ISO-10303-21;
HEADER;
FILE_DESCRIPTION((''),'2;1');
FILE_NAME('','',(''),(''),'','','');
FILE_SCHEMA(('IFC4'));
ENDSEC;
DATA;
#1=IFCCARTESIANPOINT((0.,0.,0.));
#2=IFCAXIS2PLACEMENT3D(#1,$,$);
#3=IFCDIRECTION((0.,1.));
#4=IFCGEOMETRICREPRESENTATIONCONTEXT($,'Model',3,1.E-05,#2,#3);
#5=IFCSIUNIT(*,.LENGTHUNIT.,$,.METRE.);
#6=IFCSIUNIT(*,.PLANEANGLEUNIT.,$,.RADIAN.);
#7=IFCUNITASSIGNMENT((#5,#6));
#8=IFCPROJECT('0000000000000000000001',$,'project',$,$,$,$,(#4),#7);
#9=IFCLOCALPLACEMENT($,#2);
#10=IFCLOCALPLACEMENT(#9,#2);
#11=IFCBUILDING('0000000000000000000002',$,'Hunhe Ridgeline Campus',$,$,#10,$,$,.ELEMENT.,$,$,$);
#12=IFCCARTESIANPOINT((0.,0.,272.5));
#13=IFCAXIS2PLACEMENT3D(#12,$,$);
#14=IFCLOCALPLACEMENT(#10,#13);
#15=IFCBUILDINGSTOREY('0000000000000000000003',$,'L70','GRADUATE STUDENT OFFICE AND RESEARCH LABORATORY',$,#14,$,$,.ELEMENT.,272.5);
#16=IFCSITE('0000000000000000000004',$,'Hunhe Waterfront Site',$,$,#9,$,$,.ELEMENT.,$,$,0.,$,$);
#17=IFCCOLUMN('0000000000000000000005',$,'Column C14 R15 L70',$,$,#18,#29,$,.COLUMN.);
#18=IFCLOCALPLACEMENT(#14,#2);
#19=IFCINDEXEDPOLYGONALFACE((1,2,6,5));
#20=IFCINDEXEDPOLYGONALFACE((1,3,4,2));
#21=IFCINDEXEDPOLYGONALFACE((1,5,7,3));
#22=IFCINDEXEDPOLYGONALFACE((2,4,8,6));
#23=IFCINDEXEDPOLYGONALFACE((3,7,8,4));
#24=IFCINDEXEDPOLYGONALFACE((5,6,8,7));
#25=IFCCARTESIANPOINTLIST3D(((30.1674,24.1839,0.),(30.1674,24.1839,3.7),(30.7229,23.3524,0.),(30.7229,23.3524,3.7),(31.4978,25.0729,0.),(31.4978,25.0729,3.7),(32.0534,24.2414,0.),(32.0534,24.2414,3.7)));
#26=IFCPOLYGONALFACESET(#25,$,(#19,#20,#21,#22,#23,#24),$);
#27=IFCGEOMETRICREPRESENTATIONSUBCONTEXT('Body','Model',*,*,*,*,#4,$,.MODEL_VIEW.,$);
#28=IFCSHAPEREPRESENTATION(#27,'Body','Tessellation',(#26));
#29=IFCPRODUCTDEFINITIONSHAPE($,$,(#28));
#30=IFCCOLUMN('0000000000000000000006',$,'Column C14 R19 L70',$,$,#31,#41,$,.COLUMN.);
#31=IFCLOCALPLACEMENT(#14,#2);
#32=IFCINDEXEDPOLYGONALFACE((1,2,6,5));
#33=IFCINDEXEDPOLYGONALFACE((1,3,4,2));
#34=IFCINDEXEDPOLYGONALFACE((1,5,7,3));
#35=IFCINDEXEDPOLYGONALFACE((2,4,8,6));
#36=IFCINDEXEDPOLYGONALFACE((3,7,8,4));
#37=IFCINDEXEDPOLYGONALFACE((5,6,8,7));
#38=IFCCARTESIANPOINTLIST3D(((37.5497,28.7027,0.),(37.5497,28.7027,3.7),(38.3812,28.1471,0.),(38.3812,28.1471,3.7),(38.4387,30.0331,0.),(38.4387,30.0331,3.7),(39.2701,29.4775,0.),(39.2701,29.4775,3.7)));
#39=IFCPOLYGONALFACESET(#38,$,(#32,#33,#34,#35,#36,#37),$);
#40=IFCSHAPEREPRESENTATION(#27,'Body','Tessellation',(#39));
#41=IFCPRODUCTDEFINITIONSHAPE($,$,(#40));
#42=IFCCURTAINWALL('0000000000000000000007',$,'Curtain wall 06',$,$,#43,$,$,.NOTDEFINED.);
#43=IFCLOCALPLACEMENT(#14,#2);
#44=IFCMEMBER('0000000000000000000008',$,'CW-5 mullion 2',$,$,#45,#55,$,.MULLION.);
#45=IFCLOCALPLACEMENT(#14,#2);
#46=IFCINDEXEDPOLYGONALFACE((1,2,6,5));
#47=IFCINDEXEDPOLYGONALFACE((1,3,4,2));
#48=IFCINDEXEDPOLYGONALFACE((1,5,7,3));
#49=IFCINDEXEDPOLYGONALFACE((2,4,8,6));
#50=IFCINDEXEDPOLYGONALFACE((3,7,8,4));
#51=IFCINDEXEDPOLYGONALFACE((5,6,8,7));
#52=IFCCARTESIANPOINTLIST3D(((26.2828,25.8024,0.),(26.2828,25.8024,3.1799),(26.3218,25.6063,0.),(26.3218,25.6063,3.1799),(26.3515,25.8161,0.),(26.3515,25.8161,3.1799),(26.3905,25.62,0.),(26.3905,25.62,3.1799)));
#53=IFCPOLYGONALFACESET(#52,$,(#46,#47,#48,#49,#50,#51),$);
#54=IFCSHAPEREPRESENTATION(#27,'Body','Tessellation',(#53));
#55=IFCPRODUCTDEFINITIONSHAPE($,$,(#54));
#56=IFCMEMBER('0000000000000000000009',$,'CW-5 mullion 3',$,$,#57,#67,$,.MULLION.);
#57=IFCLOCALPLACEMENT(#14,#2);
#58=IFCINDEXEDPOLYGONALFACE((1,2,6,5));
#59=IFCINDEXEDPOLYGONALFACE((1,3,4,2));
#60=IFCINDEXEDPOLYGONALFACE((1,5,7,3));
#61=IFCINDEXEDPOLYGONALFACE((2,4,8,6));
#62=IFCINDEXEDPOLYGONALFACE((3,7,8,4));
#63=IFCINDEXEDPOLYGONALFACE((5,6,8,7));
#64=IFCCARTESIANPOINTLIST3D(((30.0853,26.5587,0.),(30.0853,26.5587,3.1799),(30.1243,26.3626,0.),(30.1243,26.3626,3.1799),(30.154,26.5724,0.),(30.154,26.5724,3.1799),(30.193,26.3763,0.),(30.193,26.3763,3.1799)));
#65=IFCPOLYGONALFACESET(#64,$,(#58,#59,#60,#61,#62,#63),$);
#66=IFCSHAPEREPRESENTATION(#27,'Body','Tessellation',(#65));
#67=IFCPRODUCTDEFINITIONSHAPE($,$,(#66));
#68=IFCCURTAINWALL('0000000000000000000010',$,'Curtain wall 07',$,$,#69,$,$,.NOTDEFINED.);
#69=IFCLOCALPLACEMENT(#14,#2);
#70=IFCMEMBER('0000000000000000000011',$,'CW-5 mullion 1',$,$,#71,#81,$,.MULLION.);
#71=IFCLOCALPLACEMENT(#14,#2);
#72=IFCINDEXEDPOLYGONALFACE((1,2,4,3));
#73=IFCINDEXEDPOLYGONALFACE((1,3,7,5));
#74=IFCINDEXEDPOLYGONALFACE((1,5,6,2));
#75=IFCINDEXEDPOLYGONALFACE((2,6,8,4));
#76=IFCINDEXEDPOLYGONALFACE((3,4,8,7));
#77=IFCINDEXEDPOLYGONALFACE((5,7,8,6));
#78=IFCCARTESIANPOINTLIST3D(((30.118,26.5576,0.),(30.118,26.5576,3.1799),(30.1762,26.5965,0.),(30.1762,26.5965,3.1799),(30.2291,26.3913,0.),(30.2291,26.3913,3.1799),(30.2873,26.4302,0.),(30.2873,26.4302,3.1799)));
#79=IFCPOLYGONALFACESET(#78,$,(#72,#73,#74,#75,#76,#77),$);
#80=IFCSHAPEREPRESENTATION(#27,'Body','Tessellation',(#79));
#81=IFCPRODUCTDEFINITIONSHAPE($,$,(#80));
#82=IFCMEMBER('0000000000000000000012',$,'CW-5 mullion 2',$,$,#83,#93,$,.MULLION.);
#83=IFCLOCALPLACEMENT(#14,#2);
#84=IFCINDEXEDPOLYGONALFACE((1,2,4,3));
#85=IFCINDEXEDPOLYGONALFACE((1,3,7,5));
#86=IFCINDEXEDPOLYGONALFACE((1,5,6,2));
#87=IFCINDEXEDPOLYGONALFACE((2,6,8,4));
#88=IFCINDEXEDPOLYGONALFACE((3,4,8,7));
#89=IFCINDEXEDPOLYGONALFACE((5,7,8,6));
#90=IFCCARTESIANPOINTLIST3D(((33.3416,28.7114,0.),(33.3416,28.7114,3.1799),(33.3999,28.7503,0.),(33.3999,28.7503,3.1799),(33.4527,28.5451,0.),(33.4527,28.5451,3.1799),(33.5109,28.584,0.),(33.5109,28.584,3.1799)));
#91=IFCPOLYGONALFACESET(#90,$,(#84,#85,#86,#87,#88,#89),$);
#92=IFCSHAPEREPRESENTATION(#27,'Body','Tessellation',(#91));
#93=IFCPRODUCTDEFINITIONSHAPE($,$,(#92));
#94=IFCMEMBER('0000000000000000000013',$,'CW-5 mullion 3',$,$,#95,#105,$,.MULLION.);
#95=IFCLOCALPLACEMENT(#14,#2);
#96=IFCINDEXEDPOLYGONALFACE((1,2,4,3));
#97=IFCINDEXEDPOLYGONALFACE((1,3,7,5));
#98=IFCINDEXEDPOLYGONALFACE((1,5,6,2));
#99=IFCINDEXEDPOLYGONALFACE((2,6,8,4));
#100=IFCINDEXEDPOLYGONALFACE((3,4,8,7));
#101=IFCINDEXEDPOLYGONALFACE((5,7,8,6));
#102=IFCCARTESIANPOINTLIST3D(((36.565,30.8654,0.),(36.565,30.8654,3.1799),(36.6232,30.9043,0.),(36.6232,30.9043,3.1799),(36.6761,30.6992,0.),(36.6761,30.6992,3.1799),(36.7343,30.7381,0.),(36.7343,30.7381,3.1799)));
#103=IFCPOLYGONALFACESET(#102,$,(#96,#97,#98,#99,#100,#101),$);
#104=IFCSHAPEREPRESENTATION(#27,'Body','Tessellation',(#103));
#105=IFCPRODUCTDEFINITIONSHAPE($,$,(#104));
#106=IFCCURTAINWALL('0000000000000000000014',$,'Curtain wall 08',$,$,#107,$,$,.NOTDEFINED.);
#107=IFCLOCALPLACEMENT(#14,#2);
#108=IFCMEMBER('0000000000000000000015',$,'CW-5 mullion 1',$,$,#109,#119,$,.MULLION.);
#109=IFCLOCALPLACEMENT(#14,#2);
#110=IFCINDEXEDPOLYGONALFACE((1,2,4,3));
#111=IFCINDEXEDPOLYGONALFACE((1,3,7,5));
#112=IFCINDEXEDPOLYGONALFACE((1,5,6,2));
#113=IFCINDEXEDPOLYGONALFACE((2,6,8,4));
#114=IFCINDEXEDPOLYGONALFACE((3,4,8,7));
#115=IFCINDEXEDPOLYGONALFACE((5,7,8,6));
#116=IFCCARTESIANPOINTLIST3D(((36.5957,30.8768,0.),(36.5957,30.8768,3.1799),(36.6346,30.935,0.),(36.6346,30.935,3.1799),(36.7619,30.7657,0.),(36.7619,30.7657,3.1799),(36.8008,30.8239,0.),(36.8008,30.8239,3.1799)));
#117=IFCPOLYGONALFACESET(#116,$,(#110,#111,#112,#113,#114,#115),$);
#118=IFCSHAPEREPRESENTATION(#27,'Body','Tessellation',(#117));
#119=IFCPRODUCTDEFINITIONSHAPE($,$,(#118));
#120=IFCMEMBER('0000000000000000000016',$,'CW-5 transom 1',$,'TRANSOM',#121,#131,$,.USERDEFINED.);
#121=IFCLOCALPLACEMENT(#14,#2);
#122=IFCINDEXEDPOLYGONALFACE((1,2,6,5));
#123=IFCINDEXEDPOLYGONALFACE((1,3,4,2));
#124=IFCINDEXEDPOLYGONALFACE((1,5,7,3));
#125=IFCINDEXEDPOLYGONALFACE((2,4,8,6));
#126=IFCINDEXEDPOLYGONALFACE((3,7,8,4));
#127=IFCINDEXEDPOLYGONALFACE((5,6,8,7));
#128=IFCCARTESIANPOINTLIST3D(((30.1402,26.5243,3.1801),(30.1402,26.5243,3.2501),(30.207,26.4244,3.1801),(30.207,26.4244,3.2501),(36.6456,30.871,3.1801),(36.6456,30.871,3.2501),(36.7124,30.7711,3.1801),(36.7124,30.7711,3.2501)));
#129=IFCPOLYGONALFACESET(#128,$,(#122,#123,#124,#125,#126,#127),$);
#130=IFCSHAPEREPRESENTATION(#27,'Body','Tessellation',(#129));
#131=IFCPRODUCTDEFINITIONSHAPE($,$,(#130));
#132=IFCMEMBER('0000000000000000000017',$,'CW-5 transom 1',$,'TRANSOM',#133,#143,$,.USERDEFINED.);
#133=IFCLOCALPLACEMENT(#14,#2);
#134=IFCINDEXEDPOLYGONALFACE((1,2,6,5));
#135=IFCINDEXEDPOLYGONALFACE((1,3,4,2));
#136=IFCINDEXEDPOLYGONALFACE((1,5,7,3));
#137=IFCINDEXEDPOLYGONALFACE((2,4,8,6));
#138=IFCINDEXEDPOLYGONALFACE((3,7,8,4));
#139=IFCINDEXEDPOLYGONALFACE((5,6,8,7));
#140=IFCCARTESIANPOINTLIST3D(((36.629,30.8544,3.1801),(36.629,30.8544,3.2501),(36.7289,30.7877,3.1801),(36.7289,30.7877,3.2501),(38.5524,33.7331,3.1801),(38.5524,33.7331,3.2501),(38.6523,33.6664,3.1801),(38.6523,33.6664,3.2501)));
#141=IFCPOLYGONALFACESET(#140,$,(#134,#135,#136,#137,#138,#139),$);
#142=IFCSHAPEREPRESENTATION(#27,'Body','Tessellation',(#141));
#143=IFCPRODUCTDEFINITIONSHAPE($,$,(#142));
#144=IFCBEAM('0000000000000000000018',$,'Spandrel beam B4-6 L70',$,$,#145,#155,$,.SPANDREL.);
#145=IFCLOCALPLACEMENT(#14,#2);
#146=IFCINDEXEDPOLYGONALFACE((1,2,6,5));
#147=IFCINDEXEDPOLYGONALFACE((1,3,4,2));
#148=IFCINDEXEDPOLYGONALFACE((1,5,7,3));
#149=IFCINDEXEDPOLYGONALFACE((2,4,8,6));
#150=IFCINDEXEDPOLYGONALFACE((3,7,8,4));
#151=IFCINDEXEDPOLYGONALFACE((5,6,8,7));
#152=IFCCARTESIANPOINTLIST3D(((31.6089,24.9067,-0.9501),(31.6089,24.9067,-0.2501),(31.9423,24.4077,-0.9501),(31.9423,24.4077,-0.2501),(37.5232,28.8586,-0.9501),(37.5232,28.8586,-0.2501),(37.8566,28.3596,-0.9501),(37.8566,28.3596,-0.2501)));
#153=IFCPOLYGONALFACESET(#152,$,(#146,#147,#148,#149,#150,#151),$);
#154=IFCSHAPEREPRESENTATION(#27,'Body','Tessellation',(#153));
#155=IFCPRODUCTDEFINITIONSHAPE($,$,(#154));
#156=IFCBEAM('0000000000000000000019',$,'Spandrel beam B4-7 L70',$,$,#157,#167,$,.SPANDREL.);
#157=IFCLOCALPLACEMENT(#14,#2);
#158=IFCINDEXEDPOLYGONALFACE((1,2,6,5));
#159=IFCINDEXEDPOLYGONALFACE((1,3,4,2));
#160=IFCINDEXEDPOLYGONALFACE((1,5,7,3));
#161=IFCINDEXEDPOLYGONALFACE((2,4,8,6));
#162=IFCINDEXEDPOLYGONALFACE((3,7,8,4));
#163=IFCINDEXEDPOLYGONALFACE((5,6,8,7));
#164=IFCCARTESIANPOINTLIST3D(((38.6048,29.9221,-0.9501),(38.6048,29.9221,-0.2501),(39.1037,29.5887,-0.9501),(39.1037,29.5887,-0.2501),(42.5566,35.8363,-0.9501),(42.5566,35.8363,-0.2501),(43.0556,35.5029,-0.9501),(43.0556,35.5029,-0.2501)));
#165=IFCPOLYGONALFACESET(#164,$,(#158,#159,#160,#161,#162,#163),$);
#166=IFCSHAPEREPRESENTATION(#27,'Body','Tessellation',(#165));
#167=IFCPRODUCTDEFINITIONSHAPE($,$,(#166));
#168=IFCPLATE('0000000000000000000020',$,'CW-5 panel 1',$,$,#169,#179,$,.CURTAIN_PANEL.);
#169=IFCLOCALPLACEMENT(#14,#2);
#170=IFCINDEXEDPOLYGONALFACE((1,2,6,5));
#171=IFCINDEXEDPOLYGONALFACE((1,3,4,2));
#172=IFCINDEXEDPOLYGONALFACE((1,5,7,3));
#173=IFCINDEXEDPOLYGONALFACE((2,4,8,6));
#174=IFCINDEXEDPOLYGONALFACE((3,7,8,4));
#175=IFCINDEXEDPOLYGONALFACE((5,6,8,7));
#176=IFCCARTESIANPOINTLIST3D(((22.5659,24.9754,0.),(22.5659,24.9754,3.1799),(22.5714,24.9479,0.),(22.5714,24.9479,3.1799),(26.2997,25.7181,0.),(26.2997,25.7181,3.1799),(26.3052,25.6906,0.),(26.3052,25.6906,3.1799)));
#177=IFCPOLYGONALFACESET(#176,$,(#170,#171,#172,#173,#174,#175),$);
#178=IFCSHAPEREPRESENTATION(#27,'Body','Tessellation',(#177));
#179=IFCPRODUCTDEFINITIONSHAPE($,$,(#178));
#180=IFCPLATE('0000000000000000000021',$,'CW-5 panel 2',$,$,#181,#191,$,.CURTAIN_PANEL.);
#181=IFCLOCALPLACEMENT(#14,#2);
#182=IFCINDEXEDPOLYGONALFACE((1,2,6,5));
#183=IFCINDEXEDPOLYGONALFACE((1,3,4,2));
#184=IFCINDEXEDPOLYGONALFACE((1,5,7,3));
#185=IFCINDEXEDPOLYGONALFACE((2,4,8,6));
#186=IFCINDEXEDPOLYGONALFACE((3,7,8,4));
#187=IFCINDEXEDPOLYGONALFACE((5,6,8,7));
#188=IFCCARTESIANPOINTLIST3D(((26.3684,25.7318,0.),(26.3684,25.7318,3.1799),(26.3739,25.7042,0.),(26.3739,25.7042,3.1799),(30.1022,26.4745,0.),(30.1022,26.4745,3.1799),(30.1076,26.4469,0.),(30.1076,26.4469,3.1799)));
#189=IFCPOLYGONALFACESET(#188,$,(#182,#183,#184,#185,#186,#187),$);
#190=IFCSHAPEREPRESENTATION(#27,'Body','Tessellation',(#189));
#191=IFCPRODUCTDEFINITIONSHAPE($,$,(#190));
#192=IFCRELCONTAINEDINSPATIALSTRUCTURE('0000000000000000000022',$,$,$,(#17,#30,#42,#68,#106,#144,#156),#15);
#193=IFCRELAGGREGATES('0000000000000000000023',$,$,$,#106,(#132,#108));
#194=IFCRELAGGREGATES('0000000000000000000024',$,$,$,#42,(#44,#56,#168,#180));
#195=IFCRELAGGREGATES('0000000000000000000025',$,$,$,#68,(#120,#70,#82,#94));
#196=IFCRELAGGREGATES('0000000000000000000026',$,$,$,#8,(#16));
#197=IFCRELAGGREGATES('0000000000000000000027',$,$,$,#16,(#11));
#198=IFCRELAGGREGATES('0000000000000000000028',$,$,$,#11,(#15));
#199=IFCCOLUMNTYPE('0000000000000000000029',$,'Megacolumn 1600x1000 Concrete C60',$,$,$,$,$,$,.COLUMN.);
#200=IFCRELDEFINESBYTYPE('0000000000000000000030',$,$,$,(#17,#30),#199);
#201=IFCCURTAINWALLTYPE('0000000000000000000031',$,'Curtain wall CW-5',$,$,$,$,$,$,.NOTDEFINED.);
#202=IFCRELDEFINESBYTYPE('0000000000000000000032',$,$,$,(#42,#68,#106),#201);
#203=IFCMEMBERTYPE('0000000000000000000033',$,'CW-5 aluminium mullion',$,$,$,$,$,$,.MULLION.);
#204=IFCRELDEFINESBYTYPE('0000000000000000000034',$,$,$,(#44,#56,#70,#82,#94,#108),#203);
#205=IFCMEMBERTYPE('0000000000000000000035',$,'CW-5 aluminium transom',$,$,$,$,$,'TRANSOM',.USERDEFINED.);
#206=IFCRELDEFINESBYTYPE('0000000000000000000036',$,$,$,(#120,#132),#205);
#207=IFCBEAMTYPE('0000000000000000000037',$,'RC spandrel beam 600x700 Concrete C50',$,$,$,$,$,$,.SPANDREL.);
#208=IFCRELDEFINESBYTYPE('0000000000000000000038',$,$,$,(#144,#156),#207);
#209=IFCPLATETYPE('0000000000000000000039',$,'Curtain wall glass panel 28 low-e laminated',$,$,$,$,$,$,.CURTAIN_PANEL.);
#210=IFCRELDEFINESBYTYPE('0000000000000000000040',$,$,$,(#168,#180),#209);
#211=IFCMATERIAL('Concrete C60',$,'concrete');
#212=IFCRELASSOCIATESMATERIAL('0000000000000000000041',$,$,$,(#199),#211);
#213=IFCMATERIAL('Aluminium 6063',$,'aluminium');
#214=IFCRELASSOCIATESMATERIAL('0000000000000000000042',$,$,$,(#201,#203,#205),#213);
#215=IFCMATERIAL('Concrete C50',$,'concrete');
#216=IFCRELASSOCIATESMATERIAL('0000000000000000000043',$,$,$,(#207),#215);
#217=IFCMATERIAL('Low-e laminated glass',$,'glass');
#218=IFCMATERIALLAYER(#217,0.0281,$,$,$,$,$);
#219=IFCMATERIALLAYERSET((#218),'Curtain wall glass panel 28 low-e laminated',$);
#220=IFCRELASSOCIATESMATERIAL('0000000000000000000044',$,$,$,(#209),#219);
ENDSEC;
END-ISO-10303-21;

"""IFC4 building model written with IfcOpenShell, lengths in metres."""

from ifc_helpers import new_model, si_unit, direction, frame, origin, origin_2d, place, context, subcontext, project, spatial, rectangle, extrude, material, layer, layer_set, material_profile, profile_set, type_object, element, aggregate, save


model = new_model("IFC4")

# Units and contexts
model_context = context("Model", 3, precision=1e-05, world=origin(), true_north=direction((0.0, 1.0)))
body_context = subcontext(model_context, "Body", "Model", "MODEL_VIEW")
ifc_project = project(units=[si_unit("LENGTHUNIT", "METRE"), si_unit("PLANEANGLEUNIT", "RADIAN")], contexts=[model_context])

# Site, building, storey
site_placement = place(None, origin())
site = spatial("IfcSite", under=ifc_project, at=site_placement, Name="Hunhe Waterfront Site", CompositionType="ELEMENT", RefElevation=0.0)
building_placement = place(site_placement, origin())
building = spatial("IfcBuilding", under=site, at=building_placement, Name="Hunhe Ridgeline Campus", CompositionType="ELEMENT")
storey_placement = place(building_placement, frame((0.0, 0.0, 272.5)))
storey = spatial("IfcBuildingStorey", under=building, at=storey_placement, Name="L70", Description="GRADUATE STUDENT OFFICE AND RESEARCH LABORATORY", CompositionType="ELEMENT", Elevation=272.5)

# Columns
ifc_material_1 = material(Name="Concrete C60", Category="concrete")
ifc_material_profile_1 = material_profile(ifc_material_1, rectangle(XDim=1.6001, YDim=1.0, at=origin_2d()))
ifc_profile_set_1 = profile_set([ifc_material_profile_1], Name="Concrete C60")
column_type = type_object("IfcColumnType", Name="Megacolumn 1600x1000 Concrete C60", PredefinedType="COLUMN", material=ifc_profile_set_1)
for number, where, z_axis, x_axis, name in (
    (1, (31.1104, 24.2126, 0.0), (0.0, 0.0, 1.0), (0.83147, 0.55557, 0.0), "Column C14 R15 L70"),
    (2, (38.4099, 29.0901, 0.0), (0.0, 0.0, 1.0), (0.55557, 0.83147, 0.0), "Column C14 R19 L70"),
):
    element("IfcColumn", number, at=place(storey_placement, frame(where, z_axis=z_axis, x_axis=x_axis)), inside=storey, type_object=column_type, Name=name, PredefinedType="COLUMN", context=body_context, shape_type="SweptSolid", body=[
        extrude(rectangle(XDim=1.6001, YDim=1.0, at=origin_2d()), origin(), (0.0, 0.0, 1.0), 3.7),
    ])

# Curtain walls, members
ifc_material_2 = material(Name="Aluminium 6063", Category="aluminium")
curtain_wall_type = type_object("IfcCurtainWallType", Name="Curtain wall CW-5", PredefinedType="NOTDEFINED", material=ifc_material_2)
curtain_wall_1_placement = place(storey_placement, origin())
curtain_wall_1 = element("IfcCurtainWall", 3, at=curtain_wall_1_placement, inside=storey, type_object=curtain_wall_type, Name="Curtain wall 06", PredefinedType="NOTDEFINED")
ifc_material_profile_2 = material_profile(ifc_material_2, rectangle(XDim=0.2, YDim=0.0701, at=origin_2d()))
ifc_profile_set_2 = profile_set([ifc_material_profile_2], Name="Aluminium 6063")
member_type_1 = type_object("IfcMemberType", Name="CW-5 aluminium mullion", PredefinedType="MULLION", material=ifc_profile_set_2)
member_1_placement = place(storey_placement, frame((26.3367, 25.7112, 0.0), z_axis=(0.0, 0.0, 1.0), x_axis=(-0.19509, 0.980785, 0.0)))
member_1 = element("IfcMember", 4, at=member_1_placement, type_object=member_type_1, Name="CW-5 mullion 2", PredefinedType="MULLION", context=body_context, shape_type="SweptSolid", body=[
    extrude(rectangle(XDim=0.2, YDim=0.0701, at=origin_2d()), origin(), (0.0, 0.0, 1.0), 3.1799),
])
member_2_placement = place(storey_placement, frame((30.1392, 26.4675, 0.0), z_axis=(0.0, 0.0, 1.0), x_axis=(-0.19509, 0.980785, 0.0)))
member_2 = element("IfcMember", 5, at=member_2_placement, type_object=member_type_1, Name="CW-5 mullion 3", PredefinedType="MULLION", context=body_context, shape_type="SweptSolid", body=[
    extrude(rectangle(XDim=0.2, YDim=0.0701, at=origin_2d()), origin(), (0.0, 0.0, 1.0), 3.1799),
])
curtain_wall_2_placement = place(storey_placement, origin())
curtain_wall_2 = element("IfcCurtainWall", 6, at=curtain_wall_2_placement, inside=storey, type_object=curtain_wall_type, Name="Curtain wall 07", PredefinedType="NOTDEFINED")
member_3_placement = place(storey_placement, frame((30.2026, 26.4939, 0.0), z_axis=(0.0, 0.0, 1.0), x_axis=(-0.55557, 0.83147, 0.0)))
member_3 = element("IfcMember", 7, at=member_3_placement, type_object=member_type_1, Name="CW-5 mullion 1", PredefinedType="MULLION", context=body_context, shape_type="SweptSolid", body=[
    extrude(rectangle(XDim=0.2, YDim=0.0701, at=origin_2d()), origin(), (0.0, 0.0, 1.0), 3.1799),
])
member_4_placement = place(storey_placement, frame((33.4263, 28.6477, 0.0), z_axis=(0.0, 0.0, 1.0), x_axis=(-0.55557, 0.83147, 0.0)))
member_4 = element("IfcMember", 8, at=member_4_placement, type_object=member_type_1, Name="CW-5 mullion 2", PredefinedType="MULLION", context=body_context, shape_type="SweptSolid", body=[
    extrude(rectangle(XDim=0.2, YDim=0.0701, at=origin_2d()), origin(), (0.0, 0.0, 1.0), 3.1799),
])
member_5_placement = place(storey_placement, frame((36.6497, 30.8018, 0.0), z_axis=(0.0, 0.0, 1.0), x_axis=(-0.55557, 0.83147, 0.0)))
member_5 = element("IfcMember", 9, at=member_5_placement, type_object=member_type_1, Name="CW-5 mullion 3", PredefinedType="MULLION", context=body_context, shape_type="SweptSolid", body=[
    extrude(rectangle(XDim=0.2, YDim=0.0701, at=origin_2d()), origin(), (0.0, 0.0, 1.0), 3.1799),
])

# Curtain wall, member
curtain_wall_3_placement = place(storey_placement, origin())
curtain_wall_3 = element("IfcCurtainWall", 10, at=curtain_wall_3_placement, inside=storey, type_object=curtain_wall_type, Name="Curtain wall 08", PredefinedType="NOTDEFINED")
member_6_placement = place(storey_placement, frame((36.6982, 30.8503, 0.0), z_axis=(0.0, 0.0, 1.0), x_axis=(-0.83147, 0.55557, 0.0)))
member_6 = element("IfcMember", 11, at=member_6_placement, type_object=member_type_1, Name="CW-5 mullion 1", PredefinedType="MULLION", context=body_context, shape_type="SweptSolid", body=[
    extrude(rectangle(XDim=0.2, YDim=0.0701, at=origin_2d()), origin(), (0.0, 0.0, 1.0), 3.1799),
])

# Members
ifc_material_profile_3 = material_profile(ifc_material_2, rectangle(XDim=0.1201, YDim=0.0701, at=origin_2d()))
ifc_profile_set_3 = profile_set([ifc_material_profile_3], Name="Aluminium 6063")
member_type_2 = type_object("IfcMemberType", Name="CW-5 aluminium transom", ElementType="TRANSOM", PredefinedType="USERDEFINED", material=ifc_profile_set_3)
member_7_placement = place(storey_placement, frame((30.1736, 26.4744, 3.2151), z_axis=(0.831474, 0.555564, 0.0), x_axis=(-0.555564, 0.831474, 0.0)))
member_7 = element("IfcMember", 12, at=member_7_placement, type_object=member_type_2, Name="CW-5 transom 1", ObjectType="TRANSOM", PredefinedType="USERDEFINED", context=body_context, shape_type="SweptSolid", body=[
    extrude(rectangle(XDim=0.1201, YDim=0.0701, at=origin_2d()), origin(), (0.0, 0.0, 1.0), 7.824),
])
member_8_placement = place(storey_placement, frame((36.679, 30.821, 3.2151), z_axis=(0.555546, 0.831486, 0.0), x_axis=(-0.831486, 0.555546, 0.0)))
member_8 = element("IfcMember", 13, at=member_8_placement, type_object=member_type_2, Name="CW-5 transom 1", ObjectType="TRANSOM", PredefinedType="USERDEFINED", context=body_context, shape_type="SweptSolid", body=[
    extrude(rectangle(XDim=0.1201, YDim=0.0701, at=origin_2d()), origin(), (0.0, 0.0, 1.0), 3.4622),
])
aggregate(curtain_wall_3, [member_8, member_6])

# Beams
ifc_material_3 = material(Name="Concrete C50", Category="concrete")
ifc_material_profile_4 = material_profile(ifc_material_3, rectangle(XDim=0.6001, YDim=0.7, at=origin_2d()))
ifc_profile_set_4 = profile_set([ifc_material_profile_4], Name="Concrete C50")
beam_type = type_object("IfcBeamType", Name="RC spandrel beam 600x700 Concrete C50", PredefinedType="SPANDREL", material=ifc_profile_set_4)
for number, where, z_axis, x_axis, name in (
    (14, (31.7756, 24.6572, -0.6001), (0.831464, 0.555579, 0.0), (-0.555579, 0.831464, 0.0), "Spandrel beam B4-6 L70"),
    (15, (38.8542, 29.7554, -0.6001), (0.555579, 0.831464, 0.0), (-0.831464, 0.555579, 0.0), "Spandrel beam B4-7 L70"),
):
    element("IfcBeam", number, at=place(storey_placement, frame(where, z_axis=z_axis, x_axis=x_axis)), inside=storey, type_object=beam_type, Name=name, PredefinedType="SPANDREL", context=body_context, shape_type="SweptSolid", body=[
        extrude(rectangle(XDim=0.6001, YDim=0.7, at=origin_2d()), origin(), (0.0, 0.0, 1.0), 7.113),
    ])

# Plates
ifc_material_4 = material(Name="Low-e laminated glass", Category="glass")
ifc_layer_1 = layer(ifc_material_4, 0.0281)
ifc_layer_set_1 = layer_set([ifc_layer_1], Name="Curtain wall glass panel 28 low-e laminated")
plate_type = type_object("IfcPlateType", Name="Curtain wall glass panel 28 low-e laminated", PredefinedType="CURTAIN_PANEL", material=ifc_layer_set_1)
plate_1_placement = place(storey_placement, frame((24.4355, 25.333, 0.0), z_axis=(0.0, 0.0, 1.0), x_axis=(0.980785, 0.19509, 0.0)))
plate_1 = element("IfcPlate", 16, at=plate_1_placement, type_object=plate_type, Name="CW-5 panel 1", PredefinedType="CURTAIN_PANEL", context=body_context, shape_type="SweptSolid", body=[
    extrude(rectangle(XDim=3.8069, YDim=0.0281, at=origin_2d()), origin(), (0.0, 0.0, 1.0), 3.1799),
])
plate_2_placement = place(storey_placement, frame((28.238, 26.0894, 0.0), z_axis=(0.0, 0.0, 1.0), x_axis=(0.980785, 0.19509, 0.0)))
plate_2 = element("IfcPlate", 17, at=plate_2_placement, type_object=plate_type, Name="CW-5 panel 2", PredefinedType="CURTAIN_PANEL", context=body_context, shape_type="SweptSolid", body=[
    extrude(rectangle(XDim=3.8069, YDim=0.0281, at=origin_2d()), origin(), (0.0, 0.0, 1.0), 3.1799),
])
aggregate(curtain_wall_1, [member_1, member_2, plate_1, plate_2])
aggregate(curtain_wall_2, [member_7, member_3, member_4, member_5])

save(model, "model.ifc")
